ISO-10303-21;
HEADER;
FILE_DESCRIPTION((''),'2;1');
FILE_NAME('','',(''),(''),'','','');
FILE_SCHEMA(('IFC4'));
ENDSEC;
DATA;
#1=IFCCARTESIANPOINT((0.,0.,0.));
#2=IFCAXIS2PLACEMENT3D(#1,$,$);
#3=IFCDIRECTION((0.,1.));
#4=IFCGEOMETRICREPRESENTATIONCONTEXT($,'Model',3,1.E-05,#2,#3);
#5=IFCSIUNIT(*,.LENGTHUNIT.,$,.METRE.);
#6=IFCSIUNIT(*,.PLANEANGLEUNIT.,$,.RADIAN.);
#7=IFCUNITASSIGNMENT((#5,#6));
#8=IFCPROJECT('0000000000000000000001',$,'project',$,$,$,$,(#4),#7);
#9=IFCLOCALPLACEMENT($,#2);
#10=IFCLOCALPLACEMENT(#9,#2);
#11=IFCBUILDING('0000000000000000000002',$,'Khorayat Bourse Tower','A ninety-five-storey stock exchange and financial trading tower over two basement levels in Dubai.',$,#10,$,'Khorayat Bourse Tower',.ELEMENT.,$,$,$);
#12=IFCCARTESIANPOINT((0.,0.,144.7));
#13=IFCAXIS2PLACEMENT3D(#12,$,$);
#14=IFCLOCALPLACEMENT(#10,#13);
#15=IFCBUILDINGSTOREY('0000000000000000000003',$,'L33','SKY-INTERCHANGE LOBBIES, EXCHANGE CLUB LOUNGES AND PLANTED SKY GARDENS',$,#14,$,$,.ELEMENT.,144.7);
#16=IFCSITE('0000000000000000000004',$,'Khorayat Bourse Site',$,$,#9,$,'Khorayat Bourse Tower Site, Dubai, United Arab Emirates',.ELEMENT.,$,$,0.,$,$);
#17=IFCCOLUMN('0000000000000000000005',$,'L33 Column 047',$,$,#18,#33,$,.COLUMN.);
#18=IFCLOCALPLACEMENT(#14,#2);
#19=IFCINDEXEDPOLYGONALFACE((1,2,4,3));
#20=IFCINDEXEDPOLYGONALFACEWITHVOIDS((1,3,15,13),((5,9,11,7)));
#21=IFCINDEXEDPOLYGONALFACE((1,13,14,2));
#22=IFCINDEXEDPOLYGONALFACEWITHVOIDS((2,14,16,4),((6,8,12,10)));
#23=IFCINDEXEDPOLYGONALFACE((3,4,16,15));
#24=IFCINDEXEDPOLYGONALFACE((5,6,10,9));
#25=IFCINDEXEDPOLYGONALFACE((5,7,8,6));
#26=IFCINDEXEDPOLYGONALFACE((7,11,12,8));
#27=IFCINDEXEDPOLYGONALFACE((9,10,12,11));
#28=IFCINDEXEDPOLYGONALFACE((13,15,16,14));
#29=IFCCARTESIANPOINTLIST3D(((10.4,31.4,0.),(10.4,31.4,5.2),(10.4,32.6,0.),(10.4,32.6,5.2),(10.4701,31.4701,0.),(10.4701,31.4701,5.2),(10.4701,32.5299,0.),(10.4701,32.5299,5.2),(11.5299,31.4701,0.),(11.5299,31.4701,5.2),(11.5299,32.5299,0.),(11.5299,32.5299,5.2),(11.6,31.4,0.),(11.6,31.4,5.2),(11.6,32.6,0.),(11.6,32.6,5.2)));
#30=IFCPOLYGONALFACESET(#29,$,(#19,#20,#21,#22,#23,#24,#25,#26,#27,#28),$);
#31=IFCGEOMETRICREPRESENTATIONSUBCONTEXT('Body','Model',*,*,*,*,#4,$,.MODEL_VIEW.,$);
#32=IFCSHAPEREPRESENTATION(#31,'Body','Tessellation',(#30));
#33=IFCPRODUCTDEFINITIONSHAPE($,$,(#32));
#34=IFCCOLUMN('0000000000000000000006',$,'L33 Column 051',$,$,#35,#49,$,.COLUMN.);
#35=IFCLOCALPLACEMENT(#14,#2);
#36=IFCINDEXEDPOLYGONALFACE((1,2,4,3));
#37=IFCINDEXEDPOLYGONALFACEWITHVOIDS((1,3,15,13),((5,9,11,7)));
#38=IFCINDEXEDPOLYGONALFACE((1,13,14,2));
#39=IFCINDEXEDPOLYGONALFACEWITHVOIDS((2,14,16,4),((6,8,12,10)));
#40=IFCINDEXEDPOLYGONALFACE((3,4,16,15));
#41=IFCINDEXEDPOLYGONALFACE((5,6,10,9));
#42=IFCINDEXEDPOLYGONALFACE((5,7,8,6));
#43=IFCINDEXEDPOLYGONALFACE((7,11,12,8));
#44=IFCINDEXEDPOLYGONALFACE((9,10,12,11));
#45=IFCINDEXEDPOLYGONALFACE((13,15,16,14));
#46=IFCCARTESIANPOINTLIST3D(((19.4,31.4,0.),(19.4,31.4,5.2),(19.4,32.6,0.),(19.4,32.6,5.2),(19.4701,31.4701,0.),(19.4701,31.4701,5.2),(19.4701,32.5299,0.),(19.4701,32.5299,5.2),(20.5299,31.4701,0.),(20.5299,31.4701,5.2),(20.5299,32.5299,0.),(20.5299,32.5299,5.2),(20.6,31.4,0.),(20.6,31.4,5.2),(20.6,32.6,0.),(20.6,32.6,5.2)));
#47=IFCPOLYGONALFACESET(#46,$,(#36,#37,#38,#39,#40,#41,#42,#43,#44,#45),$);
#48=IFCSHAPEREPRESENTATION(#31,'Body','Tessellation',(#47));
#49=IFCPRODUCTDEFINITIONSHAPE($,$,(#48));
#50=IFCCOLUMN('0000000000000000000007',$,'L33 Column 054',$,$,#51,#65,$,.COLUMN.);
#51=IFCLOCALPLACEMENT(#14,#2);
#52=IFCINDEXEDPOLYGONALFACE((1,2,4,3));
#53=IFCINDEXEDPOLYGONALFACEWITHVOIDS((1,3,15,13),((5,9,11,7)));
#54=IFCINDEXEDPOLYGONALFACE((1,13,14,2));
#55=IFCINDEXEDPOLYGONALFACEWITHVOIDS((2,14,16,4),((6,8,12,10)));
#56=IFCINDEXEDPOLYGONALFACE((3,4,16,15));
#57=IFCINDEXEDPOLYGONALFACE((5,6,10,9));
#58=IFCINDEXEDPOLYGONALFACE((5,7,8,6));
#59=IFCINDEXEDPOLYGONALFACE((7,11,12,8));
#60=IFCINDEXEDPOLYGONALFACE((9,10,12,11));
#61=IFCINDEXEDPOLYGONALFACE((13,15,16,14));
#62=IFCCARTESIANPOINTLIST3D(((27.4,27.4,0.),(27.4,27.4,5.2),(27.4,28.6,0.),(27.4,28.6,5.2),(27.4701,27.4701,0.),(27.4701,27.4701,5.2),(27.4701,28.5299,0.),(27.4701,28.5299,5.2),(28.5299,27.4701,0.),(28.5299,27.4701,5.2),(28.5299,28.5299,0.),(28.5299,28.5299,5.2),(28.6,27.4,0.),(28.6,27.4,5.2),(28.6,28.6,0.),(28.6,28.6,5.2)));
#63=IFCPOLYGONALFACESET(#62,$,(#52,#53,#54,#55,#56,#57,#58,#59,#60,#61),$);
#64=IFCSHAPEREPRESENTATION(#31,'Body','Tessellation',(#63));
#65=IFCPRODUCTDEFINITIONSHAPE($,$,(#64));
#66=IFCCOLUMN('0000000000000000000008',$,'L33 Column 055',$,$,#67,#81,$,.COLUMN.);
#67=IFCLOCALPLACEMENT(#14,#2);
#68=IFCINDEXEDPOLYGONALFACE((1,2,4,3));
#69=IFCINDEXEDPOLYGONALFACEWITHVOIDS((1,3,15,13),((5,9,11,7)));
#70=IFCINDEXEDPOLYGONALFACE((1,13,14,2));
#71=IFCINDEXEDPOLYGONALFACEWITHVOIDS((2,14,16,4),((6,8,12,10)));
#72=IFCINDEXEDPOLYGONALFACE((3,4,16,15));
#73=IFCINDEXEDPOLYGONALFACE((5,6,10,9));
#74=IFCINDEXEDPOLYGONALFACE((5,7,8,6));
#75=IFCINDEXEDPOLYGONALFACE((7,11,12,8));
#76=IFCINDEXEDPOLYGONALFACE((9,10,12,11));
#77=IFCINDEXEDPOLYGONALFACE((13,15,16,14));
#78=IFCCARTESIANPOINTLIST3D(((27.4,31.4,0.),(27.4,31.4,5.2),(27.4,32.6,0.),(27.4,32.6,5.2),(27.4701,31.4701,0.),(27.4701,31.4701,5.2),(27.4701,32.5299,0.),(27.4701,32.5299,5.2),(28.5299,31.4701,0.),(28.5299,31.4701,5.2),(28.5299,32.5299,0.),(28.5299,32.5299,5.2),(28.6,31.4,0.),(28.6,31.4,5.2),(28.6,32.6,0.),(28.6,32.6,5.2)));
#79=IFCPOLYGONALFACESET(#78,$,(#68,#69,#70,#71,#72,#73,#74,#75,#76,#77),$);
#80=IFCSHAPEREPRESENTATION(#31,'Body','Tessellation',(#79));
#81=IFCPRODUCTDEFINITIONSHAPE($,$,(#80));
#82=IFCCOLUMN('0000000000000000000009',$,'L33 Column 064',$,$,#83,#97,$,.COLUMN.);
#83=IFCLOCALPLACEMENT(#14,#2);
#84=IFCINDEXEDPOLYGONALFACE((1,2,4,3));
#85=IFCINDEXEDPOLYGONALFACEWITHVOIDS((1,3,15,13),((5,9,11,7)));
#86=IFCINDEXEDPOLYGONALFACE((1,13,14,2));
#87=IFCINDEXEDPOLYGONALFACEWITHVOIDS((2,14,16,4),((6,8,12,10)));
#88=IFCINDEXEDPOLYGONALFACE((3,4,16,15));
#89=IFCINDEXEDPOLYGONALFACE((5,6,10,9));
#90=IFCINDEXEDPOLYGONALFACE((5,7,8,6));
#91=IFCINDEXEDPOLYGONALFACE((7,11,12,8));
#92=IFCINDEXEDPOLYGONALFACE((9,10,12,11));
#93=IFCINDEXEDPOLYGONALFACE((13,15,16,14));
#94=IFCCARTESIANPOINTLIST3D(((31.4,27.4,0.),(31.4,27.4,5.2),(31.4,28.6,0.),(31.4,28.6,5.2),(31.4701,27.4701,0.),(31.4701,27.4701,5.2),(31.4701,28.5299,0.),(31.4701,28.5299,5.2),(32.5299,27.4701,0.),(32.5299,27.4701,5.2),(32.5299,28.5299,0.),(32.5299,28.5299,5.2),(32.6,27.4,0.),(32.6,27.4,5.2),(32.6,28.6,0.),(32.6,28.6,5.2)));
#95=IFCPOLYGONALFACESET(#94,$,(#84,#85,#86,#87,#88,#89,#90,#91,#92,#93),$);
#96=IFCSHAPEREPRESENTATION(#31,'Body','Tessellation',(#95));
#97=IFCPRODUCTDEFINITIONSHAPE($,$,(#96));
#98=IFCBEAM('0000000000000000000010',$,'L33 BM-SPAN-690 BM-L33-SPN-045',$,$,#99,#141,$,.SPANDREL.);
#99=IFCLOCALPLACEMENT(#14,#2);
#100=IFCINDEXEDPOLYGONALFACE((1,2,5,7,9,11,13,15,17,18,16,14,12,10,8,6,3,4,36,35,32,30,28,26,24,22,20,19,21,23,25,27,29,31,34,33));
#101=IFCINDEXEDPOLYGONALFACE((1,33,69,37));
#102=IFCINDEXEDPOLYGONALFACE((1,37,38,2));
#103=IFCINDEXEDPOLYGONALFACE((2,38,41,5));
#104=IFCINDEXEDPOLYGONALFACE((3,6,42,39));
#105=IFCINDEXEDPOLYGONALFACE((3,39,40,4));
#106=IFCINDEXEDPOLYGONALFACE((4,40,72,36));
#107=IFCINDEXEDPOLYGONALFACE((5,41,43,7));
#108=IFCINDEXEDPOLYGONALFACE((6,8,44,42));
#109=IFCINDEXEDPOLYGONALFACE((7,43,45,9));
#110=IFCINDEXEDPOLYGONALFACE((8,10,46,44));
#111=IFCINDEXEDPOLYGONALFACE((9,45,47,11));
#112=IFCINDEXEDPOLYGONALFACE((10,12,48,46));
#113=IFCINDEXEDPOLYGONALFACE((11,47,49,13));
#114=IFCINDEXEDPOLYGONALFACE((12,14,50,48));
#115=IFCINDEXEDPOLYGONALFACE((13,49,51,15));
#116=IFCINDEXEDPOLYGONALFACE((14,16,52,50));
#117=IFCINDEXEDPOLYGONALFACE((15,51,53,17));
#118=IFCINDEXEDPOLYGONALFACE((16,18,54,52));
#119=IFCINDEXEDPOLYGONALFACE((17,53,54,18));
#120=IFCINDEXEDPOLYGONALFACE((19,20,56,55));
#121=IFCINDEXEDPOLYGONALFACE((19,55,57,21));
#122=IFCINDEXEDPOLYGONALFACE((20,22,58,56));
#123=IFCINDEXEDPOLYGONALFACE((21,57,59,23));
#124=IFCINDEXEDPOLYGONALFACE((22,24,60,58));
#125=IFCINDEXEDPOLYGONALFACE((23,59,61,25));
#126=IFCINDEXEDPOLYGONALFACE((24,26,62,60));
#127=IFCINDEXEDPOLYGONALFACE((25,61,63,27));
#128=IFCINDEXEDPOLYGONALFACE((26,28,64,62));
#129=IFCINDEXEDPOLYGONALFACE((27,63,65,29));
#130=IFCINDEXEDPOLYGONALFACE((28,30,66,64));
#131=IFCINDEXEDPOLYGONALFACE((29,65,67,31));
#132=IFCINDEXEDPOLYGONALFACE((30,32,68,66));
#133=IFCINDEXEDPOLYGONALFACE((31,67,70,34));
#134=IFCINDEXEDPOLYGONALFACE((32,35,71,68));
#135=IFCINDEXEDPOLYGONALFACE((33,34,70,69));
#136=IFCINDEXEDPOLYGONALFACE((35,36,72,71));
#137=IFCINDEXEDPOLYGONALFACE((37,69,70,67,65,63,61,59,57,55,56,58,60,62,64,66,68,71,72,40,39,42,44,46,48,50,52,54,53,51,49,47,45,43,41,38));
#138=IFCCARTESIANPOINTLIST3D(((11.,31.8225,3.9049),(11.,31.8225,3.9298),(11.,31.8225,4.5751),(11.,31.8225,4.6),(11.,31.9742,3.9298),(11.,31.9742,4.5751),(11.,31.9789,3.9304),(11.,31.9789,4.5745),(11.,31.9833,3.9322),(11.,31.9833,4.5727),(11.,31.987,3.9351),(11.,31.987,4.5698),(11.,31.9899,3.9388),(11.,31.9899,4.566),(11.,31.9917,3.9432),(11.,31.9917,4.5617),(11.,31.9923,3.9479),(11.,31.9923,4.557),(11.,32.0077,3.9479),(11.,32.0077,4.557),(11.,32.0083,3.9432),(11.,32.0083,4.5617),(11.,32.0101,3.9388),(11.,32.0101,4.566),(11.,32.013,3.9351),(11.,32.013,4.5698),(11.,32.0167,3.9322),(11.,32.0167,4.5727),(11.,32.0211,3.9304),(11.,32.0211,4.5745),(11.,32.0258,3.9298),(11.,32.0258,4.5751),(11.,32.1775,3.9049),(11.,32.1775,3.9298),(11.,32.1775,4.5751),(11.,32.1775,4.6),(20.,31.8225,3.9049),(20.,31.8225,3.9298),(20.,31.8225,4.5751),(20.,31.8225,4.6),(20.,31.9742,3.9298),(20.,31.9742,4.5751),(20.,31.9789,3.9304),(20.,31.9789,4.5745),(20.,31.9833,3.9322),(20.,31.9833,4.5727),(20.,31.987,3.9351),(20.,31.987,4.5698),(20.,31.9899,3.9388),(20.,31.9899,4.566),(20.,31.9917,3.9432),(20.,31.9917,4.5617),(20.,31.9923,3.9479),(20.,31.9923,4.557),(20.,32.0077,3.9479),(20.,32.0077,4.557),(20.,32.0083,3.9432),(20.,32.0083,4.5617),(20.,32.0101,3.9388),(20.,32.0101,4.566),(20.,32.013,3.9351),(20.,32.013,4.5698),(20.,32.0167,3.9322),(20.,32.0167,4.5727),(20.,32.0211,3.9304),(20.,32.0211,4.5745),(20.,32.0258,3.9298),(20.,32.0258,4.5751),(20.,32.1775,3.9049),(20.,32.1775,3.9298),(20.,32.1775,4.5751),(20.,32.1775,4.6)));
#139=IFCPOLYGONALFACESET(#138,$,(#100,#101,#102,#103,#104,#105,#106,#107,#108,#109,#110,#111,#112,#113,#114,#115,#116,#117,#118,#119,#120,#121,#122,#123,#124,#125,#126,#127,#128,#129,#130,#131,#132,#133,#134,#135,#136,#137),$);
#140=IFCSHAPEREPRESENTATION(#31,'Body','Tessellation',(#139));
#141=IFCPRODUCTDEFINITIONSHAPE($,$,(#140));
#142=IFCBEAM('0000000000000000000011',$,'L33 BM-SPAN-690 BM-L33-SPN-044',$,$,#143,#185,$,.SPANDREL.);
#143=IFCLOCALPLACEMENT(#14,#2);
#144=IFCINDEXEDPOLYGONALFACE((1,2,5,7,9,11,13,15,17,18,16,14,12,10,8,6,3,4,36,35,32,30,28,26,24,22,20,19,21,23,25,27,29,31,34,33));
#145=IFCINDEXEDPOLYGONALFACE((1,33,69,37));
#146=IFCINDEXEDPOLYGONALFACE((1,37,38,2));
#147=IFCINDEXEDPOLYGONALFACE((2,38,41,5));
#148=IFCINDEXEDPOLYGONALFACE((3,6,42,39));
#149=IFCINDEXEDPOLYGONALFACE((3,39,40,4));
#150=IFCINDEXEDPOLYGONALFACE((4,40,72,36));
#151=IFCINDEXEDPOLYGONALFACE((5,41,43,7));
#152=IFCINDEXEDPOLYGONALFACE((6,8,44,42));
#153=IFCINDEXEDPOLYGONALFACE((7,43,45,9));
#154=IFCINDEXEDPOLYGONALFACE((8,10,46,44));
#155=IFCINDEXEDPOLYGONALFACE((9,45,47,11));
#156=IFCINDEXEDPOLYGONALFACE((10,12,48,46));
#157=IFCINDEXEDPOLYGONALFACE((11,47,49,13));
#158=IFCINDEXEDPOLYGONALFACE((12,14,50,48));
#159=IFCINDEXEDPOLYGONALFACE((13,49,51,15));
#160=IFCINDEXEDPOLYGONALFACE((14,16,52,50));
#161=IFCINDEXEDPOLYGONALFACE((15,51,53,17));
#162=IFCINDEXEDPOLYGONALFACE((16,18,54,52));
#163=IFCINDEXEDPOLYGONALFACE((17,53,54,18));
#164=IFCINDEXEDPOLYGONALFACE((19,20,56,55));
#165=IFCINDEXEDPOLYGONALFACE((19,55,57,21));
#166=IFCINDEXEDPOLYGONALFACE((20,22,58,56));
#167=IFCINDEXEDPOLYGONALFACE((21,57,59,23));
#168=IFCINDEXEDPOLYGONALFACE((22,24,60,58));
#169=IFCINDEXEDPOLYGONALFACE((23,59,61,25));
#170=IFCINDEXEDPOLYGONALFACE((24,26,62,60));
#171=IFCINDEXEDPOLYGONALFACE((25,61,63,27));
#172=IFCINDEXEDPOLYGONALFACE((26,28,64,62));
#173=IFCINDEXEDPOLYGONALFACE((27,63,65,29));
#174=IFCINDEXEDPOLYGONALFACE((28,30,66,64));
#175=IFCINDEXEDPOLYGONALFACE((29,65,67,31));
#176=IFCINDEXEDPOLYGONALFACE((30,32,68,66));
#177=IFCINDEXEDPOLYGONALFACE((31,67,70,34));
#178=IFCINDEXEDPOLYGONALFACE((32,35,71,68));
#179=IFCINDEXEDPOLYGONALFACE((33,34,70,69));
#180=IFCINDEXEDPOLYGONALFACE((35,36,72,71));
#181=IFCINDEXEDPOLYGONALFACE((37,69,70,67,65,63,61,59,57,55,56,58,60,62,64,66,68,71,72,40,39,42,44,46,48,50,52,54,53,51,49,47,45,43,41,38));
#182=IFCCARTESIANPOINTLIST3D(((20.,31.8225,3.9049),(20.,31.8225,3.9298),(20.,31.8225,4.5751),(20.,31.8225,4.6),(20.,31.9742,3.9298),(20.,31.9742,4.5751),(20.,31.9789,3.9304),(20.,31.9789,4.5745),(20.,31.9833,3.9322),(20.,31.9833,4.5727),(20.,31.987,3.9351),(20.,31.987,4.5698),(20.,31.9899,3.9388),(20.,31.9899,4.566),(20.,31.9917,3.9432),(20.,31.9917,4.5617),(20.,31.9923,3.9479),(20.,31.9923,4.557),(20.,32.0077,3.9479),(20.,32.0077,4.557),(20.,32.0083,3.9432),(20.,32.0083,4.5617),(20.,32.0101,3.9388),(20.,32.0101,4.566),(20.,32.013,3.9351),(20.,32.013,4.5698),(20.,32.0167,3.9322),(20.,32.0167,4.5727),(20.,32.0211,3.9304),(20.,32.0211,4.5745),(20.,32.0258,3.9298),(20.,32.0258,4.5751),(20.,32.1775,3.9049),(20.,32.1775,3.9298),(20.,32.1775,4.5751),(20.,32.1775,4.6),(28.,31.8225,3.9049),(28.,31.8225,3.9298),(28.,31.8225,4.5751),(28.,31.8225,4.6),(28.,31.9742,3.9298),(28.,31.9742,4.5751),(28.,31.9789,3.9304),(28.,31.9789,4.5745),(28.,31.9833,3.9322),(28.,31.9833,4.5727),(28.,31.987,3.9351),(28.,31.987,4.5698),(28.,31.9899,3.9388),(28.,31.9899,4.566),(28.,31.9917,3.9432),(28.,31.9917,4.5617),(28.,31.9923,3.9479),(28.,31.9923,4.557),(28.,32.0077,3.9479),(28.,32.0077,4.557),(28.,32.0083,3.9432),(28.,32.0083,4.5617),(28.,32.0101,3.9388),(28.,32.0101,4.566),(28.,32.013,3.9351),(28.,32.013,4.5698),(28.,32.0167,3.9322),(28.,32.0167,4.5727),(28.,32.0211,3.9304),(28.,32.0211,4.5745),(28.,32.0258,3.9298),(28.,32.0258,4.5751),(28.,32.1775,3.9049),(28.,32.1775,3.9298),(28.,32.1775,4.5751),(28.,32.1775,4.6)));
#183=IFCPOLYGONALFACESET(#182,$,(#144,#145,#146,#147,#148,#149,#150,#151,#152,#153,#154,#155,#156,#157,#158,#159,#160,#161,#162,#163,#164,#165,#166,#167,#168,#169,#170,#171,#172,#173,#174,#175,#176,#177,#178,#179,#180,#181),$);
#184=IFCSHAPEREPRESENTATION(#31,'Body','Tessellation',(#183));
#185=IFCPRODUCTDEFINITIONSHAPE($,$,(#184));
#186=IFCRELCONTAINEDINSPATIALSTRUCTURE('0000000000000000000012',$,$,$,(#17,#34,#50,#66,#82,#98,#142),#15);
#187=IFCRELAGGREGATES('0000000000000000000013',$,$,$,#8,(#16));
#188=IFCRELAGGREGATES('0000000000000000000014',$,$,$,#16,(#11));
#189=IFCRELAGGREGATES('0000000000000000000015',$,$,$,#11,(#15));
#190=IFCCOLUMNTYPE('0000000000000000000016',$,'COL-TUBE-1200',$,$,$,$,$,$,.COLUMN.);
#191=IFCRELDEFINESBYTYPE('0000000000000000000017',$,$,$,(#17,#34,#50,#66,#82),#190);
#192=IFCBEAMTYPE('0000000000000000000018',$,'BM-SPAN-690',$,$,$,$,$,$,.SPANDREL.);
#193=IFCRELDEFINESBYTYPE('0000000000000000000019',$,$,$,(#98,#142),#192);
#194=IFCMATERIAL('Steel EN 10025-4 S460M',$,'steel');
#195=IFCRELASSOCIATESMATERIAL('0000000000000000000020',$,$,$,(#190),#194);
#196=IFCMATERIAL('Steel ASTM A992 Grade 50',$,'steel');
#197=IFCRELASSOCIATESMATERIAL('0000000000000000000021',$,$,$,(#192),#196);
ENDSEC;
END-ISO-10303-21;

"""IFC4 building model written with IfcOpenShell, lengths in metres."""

from ifc_helpers import new_model, si_unit, direction, frame, origin, origin_2d, place, context, subcontext, project, spatial, hollow_rectangle, i_section, extrude, source, transform, mapped, material, material_profile, profile_set, type_object, element, save


model = new_model("IFC4")

# Units and contexts
model_context = context("Model", 3, precision=1e-05, world=origin(), true_north=direction((0.0, 1.0)))
body_context = subcontext(model_context, "Body", "Model", "MODEL_VIEW")
ifc_project = project(units=[si_unit("LENGTHUNIT", "METRE"), si_unit("PLANEANGLEUNIT", "RADIAN")], contexts=[model_context])

# Site, building, storey
site_placement = place(None, origin())
site = spatial("IfcSite", under=ifc_project, at=site_placement, Name="Khorayat Bourse Site", LongName="Khorayat Bourse Tower Site, Dubai, United Arab Emirates", CompositionType="ELEMENT", RefElevation=0.0)
building_placement = place(site_placement, origin())
building = spatial("IfcBuilding", under=site, at=building_placement, Name="Khorayat Bourse Tower", Description="A ninety-five-storey stock exchange and financial trading tower over two basement levels in Dubai.", LongName="Khorayat Bourse Tower", CompositionType="ELEMENT")
storey_placement = place(building_placement, frame((0.0, 0.0, 144.7)))
storey = spatial("IfcBuildingStorey", under=building, at=storey_placement, Name="L33", Description="SKY-INTERCHANGE LOBBIES, EXCHANGE CLUB LOUNGES AND PLANTED SKY GARDENS", CompositionType="ELEMENT", Elevation=144.7)

# Columns
ifc_material_1 = material(Name="Steel EN 10025-4 S460M", Category="steel")
ifc_material_profile_1 = material_profile(ifc_material_1, hollow_rectangle(XDim=1.2, YDim=1.2, WallThickness=0.0701, at=origin_2d()), Name="BOX 1200x1200x70")
ifc_profile_set_1 = profile_set([ifc_material_profile_1], Name="Steel EN 10025-4 S460M")
column_type = type_object("IfcColumnType", Name="COL-TUBE-1200", PredefinedType="COLUMN", material=ifc_profile_set_1)
shared_shape_1 = source(origin(), body_context, "Body", "SweptSolid", [
    extrude(hollow_rectangle(XDim=1.2, YDim=1.2, WallThickness=0.0701, at=origin_2d()), origin(), (0.0, 0.0, 1.0), 5.2),
])
for number, where, z_axis, x_axis, name in (
    (1, (11.0, 32.0, 0.0), (0.0, 0.0, 1.0), (1.0, 0.0, 0.0), "L33 Column 047"),
    (2, (20.0, 32.0, 0.0), (0.0, 0.0, 1.0), (1.0, 0.0, 0.0), "L33 Column 051"),
    (3, (28.0, 28.0, 0.0), (0.0, 0.0, 1.0), (1.0, 0.0, 0.0), "L33 Column 054"),
    (4, (28.0, 32.0, 0.0), (0.0, 0.0, 1.0), (1.0, 0.0, 0.0), "L33 Column 055"),
    (5, (32.0, 28.0, 0.0), (0.0, 0.0, 1.0), (1.0, 0.0, 0.0), "L33 Column 064"),
):
    element("IfcColumn", number, at=place(storey_placement, frame(where, z_axis=z_axis, x_axis=x_axis)), inside=storey, type_object=column_type, Name=name, PredefinedType="COLUMN", context=body_context, shape_type="MappedRepresentation", body=[
        mapped(shared_shape_1, transform((0.0, 0.0, 0.0), scale=1.0)),
    ])

# Beams
ifc_material_2 = material(Name="Steel ASTM A992 Grade 50", Category="steel")
ifc_material_profile_2 = material_profile(ifc_material_2, i_section(OverallWidth=0.355, OverallDepth=0.6951, WebThickness=0.0154, FlangeThickness=0.0249, FilletRadius=0.0181, at=origin_2d()), Name="W690X217")
ifc_profile_set_2 = profile_set([ifc_material_profile_2], Name="Steel ASTM A992 Grade 50")
beam_type = type_object("IfcBeamType", Name="BM-SPAN-690", PredefinedType="SPANDREL", material=ifc_profile_set_2)
shared_shape_2 = source(origin(), body_context, "Body", "SweptSolid", [
    extrude(i_section(OverallWidth=0.355, OverallDepth=0.6951, WebThickness=0.0154, FlangeThickness=0.0249, FilletRadius=0.0181, at=origin_2d()), origin(), (0.0, 0.0, 1.0), 9.0),
])
beam_1_placement = place(storey_placement, frame((11.0, 32.0, 4.2524), z_axis=(1.0, 0.0, 0.0), x_axis=(0.0, 1.0, 0.0)))
element("IfcBeam", 6, at=beam_1_placement, inside=storey, type_object=beam_type, Name="L33 BM-SPAN-690 BM-L33-SPN-045", PredefinedType="SPANDREL", context=body_context, shape_type="MappedRepresentation", body=[
    mapped(shared_shape_2, transform((0.0, 0.0, 0.0), scale=1.0)),
])
shared_shape_3 = source(origin(), body_context, "Body", "SweptSolid", [
    extrude(i_section(OverallWidth=0.355, OverallDepth=0.6951, WebThickness=0.0154, FlangeThickness=0.0249, FilletRadius=0.0181, at=origin_2d()), origin(), (0.0, 0.0, 1.0), 8.0),
])
beam_2_placement = place(storey_placement, frame((20.0, 32.0, 4.2524), z_axis=(1.0, 0.0, 0.0), x_axis=(0.0, 1.0, 0.0)))
element("IfcBeam", 7, at=beam_2_placement, inside=storey, type_object=beam_type, Name="L33 BM-SPAN-690 BM-L33-SPN-044", PredefinedType="SPANDREL", context=body_context, shape_type="MappedRepresentation", body=[
    mapped(shared_shape_3, transform((0.0, 0.0, 0.0), scale=1.0)),
])

save(model, "model.ifc")
